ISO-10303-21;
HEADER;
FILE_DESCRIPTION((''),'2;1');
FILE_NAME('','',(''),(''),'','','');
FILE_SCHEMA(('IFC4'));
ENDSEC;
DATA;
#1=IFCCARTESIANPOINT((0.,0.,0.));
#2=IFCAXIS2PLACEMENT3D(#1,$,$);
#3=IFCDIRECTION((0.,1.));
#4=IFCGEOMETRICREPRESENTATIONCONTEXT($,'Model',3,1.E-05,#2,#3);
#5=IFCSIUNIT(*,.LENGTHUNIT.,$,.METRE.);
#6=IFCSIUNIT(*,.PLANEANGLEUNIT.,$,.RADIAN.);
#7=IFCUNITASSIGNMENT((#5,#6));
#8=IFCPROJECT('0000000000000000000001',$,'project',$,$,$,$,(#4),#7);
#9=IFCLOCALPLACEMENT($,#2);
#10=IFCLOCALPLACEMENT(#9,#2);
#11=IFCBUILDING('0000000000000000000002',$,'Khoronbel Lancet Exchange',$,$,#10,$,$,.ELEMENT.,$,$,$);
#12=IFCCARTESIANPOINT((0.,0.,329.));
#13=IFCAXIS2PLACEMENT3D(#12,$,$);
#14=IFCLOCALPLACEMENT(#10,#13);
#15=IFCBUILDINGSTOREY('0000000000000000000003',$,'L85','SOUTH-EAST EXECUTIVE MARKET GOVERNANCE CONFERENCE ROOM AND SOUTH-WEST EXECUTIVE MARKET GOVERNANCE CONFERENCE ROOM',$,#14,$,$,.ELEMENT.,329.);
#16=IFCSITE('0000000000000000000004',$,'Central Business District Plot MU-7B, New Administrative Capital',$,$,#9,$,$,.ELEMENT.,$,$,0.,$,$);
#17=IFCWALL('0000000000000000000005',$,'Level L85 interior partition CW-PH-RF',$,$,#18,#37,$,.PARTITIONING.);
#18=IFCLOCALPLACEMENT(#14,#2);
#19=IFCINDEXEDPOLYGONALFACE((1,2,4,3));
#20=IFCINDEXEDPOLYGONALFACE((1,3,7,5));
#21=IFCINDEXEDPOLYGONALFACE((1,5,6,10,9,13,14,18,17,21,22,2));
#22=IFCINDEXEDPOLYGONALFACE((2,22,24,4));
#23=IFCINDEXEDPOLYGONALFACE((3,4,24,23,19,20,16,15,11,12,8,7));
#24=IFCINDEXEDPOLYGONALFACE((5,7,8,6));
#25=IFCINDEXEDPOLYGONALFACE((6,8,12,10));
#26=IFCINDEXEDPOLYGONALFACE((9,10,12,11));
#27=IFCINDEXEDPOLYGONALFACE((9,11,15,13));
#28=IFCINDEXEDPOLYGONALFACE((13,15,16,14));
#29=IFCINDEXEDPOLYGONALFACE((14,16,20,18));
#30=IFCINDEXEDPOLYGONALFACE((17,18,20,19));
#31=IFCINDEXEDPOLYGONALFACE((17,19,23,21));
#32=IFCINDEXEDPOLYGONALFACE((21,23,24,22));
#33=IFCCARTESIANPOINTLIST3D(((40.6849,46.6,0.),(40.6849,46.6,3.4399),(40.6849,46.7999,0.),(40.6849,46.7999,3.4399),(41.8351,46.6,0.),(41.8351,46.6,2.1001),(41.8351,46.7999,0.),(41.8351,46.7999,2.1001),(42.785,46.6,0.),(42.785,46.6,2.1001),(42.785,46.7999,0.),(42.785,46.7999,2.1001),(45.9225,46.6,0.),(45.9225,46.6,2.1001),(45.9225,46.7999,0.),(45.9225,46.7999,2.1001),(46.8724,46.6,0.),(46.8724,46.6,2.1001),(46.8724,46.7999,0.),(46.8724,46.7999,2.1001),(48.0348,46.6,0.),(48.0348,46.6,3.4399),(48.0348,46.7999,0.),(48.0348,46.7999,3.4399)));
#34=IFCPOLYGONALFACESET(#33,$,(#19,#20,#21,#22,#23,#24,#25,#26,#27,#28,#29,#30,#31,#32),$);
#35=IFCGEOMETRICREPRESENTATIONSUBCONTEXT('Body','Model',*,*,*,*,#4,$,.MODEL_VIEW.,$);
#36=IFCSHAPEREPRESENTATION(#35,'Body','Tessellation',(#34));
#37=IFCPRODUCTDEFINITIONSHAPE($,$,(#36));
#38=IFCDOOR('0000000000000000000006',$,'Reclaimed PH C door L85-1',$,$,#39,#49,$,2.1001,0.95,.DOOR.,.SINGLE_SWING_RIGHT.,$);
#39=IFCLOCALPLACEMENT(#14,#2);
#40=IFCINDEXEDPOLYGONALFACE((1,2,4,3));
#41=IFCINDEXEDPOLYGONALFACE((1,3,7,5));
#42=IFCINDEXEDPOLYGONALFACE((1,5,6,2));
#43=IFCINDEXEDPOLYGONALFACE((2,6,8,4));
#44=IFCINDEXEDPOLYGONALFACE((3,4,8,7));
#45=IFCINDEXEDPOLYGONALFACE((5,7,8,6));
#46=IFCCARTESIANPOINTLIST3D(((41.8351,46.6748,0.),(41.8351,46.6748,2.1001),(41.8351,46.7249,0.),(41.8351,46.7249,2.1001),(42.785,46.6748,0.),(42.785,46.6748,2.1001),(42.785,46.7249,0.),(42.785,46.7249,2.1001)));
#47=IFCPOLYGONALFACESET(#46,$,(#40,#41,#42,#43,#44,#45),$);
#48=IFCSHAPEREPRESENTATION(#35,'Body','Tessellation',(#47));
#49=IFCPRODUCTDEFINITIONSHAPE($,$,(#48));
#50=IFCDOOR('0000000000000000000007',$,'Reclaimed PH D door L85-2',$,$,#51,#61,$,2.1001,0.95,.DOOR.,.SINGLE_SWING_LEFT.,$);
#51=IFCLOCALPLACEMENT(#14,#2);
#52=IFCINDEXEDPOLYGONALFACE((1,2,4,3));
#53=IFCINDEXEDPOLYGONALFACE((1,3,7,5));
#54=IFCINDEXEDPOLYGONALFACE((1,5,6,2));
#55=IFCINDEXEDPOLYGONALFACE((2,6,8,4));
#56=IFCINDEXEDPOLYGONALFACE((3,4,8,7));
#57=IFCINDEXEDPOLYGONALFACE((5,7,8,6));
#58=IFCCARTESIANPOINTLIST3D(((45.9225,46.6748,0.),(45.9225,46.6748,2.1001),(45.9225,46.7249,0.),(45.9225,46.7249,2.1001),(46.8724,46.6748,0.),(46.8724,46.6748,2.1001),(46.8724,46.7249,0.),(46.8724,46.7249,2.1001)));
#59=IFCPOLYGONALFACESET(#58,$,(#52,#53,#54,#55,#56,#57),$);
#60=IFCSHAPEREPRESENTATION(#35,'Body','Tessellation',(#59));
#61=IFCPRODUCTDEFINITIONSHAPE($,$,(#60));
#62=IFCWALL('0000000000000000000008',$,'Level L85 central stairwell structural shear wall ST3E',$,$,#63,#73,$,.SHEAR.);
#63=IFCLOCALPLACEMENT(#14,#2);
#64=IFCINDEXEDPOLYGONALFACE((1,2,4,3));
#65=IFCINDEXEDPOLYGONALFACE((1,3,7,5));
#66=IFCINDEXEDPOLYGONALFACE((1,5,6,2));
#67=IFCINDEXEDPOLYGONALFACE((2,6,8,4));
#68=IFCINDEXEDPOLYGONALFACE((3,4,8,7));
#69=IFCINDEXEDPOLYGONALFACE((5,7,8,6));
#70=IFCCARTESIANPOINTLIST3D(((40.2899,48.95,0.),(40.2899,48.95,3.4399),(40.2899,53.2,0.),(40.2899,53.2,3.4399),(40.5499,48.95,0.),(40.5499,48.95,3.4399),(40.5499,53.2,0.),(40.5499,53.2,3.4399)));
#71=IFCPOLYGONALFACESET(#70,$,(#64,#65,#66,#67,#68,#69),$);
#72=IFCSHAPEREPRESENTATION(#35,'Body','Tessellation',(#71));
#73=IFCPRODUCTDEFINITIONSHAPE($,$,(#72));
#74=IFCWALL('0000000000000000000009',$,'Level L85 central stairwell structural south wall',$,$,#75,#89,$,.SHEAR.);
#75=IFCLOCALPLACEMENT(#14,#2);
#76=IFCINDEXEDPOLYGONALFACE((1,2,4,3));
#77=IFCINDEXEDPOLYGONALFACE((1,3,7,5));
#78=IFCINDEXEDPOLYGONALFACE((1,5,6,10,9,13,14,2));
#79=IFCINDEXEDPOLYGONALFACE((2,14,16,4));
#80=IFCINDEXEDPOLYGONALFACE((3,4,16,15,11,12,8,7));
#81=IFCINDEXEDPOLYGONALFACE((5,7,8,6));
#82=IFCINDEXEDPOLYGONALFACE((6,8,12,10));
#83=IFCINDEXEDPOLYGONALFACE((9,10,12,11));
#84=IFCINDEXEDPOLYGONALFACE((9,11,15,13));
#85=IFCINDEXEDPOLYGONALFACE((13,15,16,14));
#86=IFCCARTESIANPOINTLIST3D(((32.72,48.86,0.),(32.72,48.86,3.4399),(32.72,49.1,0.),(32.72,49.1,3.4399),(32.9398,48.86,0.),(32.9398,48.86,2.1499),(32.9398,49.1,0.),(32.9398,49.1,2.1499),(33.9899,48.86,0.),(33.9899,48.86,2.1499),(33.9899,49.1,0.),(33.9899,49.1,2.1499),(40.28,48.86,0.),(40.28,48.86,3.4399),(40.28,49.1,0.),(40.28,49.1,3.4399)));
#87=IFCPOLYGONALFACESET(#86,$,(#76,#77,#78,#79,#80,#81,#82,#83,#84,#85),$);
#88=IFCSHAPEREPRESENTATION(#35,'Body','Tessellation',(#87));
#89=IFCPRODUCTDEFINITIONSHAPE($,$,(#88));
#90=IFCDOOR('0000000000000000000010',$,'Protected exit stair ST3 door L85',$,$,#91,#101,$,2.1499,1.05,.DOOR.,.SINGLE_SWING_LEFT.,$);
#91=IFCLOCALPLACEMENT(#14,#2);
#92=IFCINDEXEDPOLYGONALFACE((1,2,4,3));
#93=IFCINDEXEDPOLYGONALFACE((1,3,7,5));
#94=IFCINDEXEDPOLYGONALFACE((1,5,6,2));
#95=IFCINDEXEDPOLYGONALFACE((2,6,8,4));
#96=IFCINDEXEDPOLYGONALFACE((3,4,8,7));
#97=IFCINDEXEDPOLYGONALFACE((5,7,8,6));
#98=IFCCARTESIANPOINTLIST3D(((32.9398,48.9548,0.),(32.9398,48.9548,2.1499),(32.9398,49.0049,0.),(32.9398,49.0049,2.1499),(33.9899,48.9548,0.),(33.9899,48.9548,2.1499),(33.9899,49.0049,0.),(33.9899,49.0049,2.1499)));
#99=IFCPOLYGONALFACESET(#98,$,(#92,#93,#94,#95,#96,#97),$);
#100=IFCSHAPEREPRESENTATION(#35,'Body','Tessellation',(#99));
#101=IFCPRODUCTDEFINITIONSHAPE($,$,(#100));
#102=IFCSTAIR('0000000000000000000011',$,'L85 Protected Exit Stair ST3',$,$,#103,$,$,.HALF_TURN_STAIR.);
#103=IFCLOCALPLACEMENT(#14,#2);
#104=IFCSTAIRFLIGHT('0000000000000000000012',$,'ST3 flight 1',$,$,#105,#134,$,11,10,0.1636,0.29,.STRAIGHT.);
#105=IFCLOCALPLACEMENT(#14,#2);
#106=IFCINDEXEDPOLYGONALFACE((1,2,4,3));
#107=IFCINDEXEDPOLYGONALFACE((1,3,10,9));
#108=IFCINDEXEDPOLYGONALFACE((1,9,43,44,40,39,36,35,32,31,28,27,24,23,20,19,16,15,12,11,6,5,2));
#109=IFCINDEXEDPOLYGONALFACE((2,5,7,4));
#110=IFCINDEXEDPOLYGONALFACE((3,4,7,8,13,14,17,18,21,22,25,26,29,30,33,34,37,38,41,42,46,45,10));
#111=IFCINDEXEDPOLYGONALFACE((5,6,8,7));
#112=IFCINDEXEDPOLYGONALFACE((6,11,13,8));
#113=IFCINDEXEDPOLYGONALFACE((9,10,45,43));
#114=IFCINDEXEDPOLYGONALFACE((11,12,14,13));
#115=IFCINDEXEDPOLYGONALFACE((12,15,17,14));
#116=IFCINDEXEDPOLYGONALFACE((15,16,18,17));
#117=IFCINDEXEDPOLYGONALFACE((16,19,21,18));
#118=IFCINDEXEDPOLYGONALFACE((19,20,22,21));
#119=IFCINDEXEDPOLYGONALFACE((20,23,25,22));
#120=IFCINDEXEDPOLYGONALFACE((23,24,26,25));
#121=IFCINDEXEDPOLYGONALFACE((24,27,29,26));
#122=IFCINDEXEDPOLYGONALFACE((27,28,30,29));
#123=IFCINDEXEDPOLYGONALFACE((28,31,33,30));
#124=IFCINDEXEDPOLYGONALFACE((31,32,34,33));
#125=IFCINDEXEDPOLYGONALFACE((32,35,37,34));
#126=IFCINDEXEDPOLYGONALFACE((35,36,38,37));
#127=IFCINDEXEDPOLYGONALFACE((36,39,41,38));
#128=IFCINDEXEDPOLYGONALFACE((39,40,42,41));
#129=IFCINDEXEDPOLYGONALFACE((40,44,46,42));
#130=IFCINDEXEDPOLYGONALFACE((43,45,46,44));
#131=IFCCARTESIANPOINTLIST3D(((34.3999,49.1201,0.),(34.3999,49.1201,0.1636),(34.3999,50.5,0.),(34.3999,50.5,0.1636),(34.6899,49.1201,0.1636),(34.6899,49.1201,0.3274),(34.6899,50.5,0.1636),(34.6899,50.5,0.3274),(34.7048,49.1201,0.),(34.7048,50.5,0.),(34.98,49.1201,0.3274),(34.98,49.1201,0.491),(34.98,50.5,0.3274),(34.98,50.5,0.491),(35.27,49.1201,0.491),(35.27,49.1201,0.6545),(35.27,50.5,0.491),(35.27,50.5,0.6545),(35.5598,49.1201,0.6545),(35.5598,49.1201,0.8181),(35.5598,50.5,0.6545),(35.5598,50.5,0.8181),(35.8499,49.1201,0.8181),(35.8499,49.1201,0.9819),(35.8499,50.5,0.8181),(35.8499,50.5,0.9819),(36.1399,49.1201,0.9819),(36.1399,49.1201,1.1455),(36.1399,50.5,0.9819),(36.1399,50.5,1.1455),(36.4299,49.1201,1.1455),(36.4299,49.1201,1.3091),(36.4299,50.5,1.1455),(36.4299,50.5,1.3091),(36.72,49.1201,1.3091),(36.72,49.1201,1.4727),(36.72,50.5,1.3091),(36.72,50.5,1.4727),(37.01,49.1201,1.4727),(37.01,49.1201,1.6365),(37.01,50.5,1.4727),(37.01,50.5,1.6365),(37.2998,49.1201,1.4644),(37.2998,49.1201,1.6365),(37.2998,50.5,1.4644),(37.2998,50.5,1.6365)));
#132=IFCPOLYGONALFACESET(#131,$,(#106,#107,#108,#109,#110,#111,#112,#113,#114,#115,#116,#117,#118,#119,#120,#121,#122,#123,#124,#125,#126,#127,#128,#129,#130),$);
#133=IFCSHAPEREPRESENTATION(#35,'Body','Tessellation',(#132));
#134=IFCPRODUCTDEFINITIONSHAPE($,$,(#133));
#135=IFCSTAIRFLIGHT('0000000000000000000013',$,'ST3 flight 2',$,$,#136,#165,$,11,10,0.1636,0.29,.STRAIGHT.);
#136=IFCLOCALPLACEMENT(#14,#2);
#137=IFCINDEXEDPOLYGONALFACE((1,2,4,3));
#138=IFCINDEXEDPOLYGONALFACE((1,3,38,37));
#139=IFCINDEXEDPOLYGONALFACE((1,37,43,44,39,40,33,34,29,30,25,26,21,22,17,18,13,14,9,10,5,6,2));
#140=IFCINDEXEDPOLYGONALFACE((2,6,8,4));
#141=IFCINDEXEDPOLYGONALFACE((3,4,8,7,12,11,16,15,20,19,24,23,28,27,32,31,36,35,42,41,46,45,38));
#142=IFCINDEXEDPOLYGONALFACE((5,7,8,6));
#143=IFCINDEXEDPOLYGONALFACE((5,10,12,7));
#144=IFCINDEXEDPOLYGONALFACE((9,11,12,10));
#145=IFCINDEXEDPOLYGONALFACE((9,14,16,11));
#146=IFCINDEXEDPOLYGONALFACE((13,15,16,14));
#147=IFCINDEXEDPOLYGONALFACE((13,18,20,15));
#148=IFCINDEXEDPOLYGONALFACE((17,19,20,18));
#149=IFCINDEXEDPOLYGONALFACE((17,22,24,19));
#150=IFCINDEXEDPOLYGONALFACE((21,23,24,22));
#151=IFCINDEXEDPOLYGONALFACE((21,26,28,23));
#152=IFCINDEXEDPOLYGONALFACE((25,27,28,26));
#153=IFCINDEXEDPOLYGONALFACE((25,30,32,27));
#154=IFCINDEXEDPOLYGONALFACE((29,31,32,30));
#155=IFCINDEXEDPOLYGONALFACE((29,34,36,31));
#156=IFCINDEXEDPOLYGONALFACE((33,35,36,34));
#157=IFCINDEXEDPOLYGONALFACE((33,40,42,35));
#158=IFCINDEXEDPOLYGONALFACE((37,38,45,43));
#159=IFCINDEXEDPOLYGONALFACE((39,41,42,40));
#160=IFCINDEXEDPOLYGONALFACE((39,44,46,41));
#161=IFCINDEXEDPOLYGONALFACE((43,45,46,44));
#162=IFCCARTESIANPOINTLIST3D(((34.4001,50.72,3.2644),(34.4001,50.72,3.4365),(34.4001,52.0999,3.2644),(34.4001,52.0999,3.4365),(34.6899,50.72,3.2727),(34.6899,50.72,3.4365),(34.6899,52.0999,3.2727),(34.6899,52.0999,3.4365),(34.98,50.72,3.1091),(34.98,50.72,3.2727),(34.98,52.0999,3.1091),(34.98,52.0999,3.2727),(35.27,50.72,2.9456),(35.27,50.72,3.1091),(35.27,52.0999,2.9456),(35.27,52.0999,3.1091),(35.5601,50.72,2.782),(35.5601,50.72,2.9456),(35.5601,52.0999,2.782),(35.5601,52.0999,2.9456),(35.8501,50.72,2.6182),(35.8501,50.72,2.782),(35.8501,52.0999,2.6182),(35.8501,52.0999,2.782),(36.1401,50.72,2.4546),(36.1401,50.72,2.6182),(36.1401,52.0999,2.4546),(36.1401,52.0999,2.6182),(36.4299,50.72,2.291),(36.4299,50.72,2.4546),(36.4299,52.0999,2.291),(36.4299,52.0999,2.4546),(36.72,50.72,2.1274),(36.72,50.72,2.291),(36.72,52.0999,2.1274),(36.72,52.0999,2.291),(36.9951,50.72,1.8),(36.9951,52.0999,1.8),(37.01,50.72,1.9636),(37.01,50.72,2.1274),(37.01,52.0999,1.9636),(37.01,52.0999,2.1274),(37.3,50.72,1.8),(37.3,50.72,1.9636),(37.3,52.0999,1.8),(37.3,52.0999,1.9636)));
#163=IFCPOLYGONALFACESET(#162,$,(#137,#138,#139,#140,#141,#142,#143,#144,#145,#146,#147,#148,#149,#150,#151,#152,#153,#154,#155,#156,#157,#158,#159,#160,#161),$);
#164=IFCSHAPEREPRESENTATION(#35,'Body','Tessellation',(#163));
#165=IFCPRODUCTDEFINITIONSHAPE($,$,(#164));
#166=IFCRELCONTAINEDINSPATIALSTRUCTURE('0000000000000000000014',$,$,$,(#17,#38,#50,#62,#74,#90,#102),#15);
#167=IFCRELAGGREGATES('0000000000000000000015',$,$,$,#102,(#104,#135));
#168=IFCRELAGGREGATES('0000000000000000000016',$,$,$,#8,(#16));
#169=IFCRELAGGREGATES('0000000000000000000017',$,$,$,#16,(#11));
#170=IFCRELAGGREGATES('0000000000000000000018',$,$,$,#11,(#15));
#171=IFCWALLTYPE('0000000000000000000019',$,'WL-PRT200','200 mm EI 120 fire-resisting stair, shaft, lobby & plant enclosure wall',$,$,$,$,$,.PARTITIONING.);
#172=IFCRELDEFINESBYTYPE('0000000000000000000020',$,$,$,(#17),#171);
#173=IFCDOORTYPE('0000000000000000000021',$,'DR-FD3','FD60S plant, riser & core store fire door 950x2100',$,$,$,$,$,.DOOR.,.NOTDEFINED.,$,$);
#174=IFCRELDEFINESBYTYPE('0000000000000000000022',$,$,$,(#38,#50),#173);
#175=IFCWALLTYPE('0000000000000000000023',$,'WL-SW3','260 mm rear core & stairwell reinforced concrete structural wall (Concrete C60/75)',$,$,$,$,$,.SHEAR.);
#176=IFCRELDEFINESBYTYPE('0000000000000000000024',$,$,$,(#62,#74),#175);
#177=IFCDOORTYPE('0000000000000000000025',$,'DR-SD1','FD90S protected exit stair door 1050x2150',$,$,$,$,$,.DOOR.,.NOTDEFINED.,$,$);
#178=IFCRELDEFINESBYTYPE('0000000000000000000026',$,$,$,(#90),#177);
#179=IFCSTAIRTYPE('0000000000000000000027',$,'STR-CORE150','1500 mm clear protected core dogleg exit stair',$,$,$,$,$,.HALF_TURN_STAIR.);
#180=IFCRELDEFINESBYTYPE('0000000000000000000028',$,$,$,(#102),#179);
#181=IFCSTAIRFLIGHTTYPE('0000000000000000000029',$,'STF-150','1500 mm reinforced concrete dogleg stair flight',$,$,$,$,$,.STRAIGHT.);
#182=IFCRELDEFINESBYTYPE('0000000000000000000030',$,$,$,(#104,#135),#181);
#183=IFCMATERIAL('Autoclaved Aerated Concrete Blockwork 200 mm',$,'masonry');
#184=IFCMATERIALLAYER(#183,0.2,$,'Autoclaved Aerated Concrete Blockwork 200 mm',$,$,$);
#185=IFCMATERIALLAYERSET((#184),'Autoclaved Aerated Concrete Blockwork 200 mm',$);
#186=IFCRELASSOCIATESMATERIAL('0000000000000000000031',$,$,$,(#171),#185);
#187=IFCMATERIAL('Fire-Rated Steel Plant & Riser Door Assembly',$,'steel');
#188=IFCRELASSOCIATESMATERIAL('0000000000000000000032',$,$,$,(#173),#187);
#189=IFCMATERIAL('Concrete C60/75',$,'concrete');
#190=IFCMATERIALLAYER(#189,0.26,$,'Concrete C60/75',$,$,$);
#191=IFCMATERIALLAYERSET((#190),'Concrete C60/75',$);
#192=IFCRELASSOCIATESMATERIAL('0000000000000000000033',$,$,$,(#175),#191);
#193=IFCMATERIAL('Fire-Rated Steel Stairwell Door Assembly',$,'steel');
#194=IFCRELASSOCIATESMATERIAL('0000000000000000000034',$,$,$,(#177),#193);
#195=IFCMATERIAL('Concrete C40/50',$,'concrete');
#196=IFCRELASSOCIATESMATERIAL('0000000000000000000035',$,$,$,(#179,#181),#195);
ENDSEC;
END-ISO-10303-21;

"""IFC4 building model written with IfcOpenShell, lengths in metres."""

from ifc_helpers import new_model, si_unit, direction, frame, frame_2d, origin, place, context, subcontext, project, spatial, polyline, rectangle, outline, extrude, material, layer, layer_set, type_object, element, fill, aggregate, save


model = new_model("IFC4")

# Units and contexts
model_context = context("Model", 3, precision=1e-05, world=origin(), true_north=direction((0.0, 1.0)))
body_context = subcontext(model_context, "Body", "Model", "MODEL_VIEW")
ifc_project = project(units=[si_unit("LENGTHUNIT", "METRE"), si_unit("PLANEANGLEUNIT", "RADIAN")], contexts=[model_context])

# Site, building, storey
site_placement = place(None, origin())
site = spatial("IfcSite", under=ifc_project, at=site_placement, Name="Central Business District Plot MU-7B, New Administrative Capital", CompositionType="ELEMENT", RefElevation=0.0)
building_placement = place(site_placement, origin())
building = spatial("IfcBuilding", under=site, at=building_placement, Name="Khoronbel Lancet Exchange", CompositionType="ELEMENT")
storey_placement = place(building_placement, frame((0.0, 0.0, 329.0)))
storey = spatial("IfcBuildingStorey", under=building, at=storey_placement, Name="L85", Description="SOUTH-EAST EXECUTIVE MARKET GOVERNANCE CONFERENCE ROOM AND SOUTH-WEST EXECUTIVE MARKET GOVERNANCE CONFERENCE ROOM", CompositionType="ELEMENT", Elevation=329.0)

# Shared definitions
ifc_material_1 = material(Name="Concrete C60/75", Category="concrete")

# Shared definitions
ifc_material_2 = material(Name="Autoclaved Aerated Concrete Blockwork 200 mm", Category="masonry")
ifc_layer_1 = layer(ifc_material_2, 0.2, Name="Autoclaved Aerated Concrete Blockwork 200 mm")
ifc_layer_set_1 = layer_set([ifc_layer_1], Name="Autoclaved Aerated Concrete Blockwork 200 mm")
wall_type_1 = type_object("IfcWallType", Name="WL-PRT200", Description="200 mm EI 120 fire-resisting stair, shaft, lobby & plant enclosure wall", PredefinedType="PARTITIONING", material=ifc_layer_set_1)

# Wall, openings, doors
wall_1_placement = place(storey_placement, frame((40.6851, 46.7, 0.0), z_axis=(0.0, 0.0, 1.0), x_axis=(1.0, 0.0, 0.0)))
wall_1 = element("IfcWall", 1, at=wall_1_placement, inside=storey, type_object=wall_type_1, Name="Level L85 interior partition CW-PH-RF", PredefinedType="PARTITIONING", context=body_context, shape_type="SweptSolid", body=[
    extrude(rectangle(XDim=7.3499, YDim=0.2, at=frame_2d((3.6748, 0.0))), origin(), (0.0, 0.0, 1.0), 3.4399),
])
opening_1_placement = place(wall_1_placement, frame((1.1499, 0.0, 0.0)))
opening_1 = element("IfcOpeningElement", 2, at=opening_1_placement, cuts=wall_1, PredefinedType="OPENING", context=body_context, shape_type="SweptSolid", body=[
    extrude(rectangle(XDim=0.95, YDim=2.1001, at=frame_2d((0.4751, 1.05))), frame((0.0, 0.1099, 0.0), z_axis=(0.0, -1.0, 0.0), x_axis=(1.0, 0.0, 0.0)), (0.0, 0.0, 1.0), 0.22),
])
opening_2_placement = place(wall_1_placement, frame((5.2373, 0.0, 0.0)))
opening_2 = element("IfcOpeningElement", 3, at=opening_2_placement, cuts=wall_1, PredefinedType="OPENING", context=body_context, shape_type="SweptSolid", body=[
    extrude(rectangle(XDim=0.95, YDim=2.1001, at=frame_2d((0.4751, 1.05))), frame((0.0, 0.1099, 0.0), z_axis=(0.0, -1.0, 0.0), x_axis=(1.0, 0.0, 0.0)), (0.0, 0.0, 1.0), 0.22),
])
ifc_material_3 = material(Name="Fire-Rated Steel Plant & Riser Door Assembly", Category="steel")
door_type_1 = type_object("IfcDoorType", Name="DR-FD3", Description="FD60S plant, riser & core store fire door 950x2100", OperationType="NOTDEFINED", PredefinedType="DOOR", material=ifc_material_3)
door_1_placement = place(opening_1_placement, origin())
door_1 = element("IfcDoor", 4, at=door_1_placement, inside=storey, type_object=door_type_1, Name="Reclaimed PH C door L85-1", OperationType="SINGLE_SWING_RIGHT", OverallHeight=2.1001, OverallWidth=0.95, PredefinedType="DOOR", context=body_context, shape_type="SweptSolid", body=[
    extrude(rectangle(XDim=0.95, YDim=2.1001, at=frame_2d((0.4751, 1.05))), frame((0.0, 0.0249, 0.0), z_axis=(0.0, -1.0, 0.0), x_axis=(1.0, 0.0, 0.0)), (0.0, 0.0, 1.0), 0.05),
])
fill(opening_1, door_1)
door_2_placement = place(opening_2_placement, origin())
door_2 = element("IfcDoor", 5, at=door_2_placement, inside=storey, type_object=door_type_1, Name="Reclaimed PH D door L85-2", OperationType="SINGLE_SWING_LEFT", OverallHeight=2.1001, OverallWidth=0.95, PredefinedType="DOOR", context=body_context, shape_type="SweptSolid", body=[
    extrude(rectangle(XDim=0.95, YDim=2.1001, at=frame_2d((0.4751, 1.05))), frame((0.0, 0.0249, 0.0), z_axis=(0.0, -1.0, 0.0), x_axis=(1.0, 0.0, 0.0)), (0.0, 0.0, 1.0), 0.05),
])
fill(opening_2, door_2)

# Wall
ifc_layer_2 = layer(ifc_material_1, 0.26, Name="Concrete C60/75")
ifc_layer_set_2 = layer_set([ifc_layer_2], Name="Concrete C60/75")
wall_type_2 = type_object("IfcWallType", Name="WL-SW3", Description="260 mm rear core & stairwell reinforced concrete structural wall (Concrete C60/75)", PredefinedType="SHEAR", material=ifc_layer_set_2)
wall_2_placement = place(storey_placement, frame((40.4199, 48.95, 0.0), z_axis=(0.0, 0.0, 1.0), x_axis=(0.0, 1.0, 0.0)))
element("IfcWall", 6, at=wall_2_placement, inside=storey, type_object=wall_type_2, Name="Level L85 central stairwell structural shear wall ST3E", PredefinedType="SHEAR", context=body_context, shape_type="SweptSolid", body=[
    extrude(rectangle(XDim=4.25, YDim=0.26, at=frame_2d((2.125, 0.0))), origin(), (0.0, 0.0, 1.0), 3.4399),
])

# Wall, opening, door
wall_3_placement = place(storey_placement, frame((32.72, 48.98, 0.0), z_axis=(0.0, 0.0, 1.0), x_axis=(1.0, 0.0, 0.0)))
wall_3 = element("IfcWall", 7, at=wall_3_placement, inside=storey, type_object=wall_type_2, Name="Level L85 central stairwell structural south wall", PredefinedType="SHEAR", context=body_context, shape_type="SweptSolid", body=[
    extrude(rectangle(XDim=7.5601, YDim=0.24, at=frame_2d((3.78, 0.0))), origin(), (0.0, 0.0, 1.0), 3.4399),
])
opening_3_placement = place(wall_3_placement, frame((0.22, 0.0, 0.0)))
opening_3 = element("IfcOpeningElement", 8, at=opening_3_placement, cuts=wall_3, PredefinedType="OPENING", context=body_context, shape_type="SweptSolid", body=[
    extrude(rectangle(XDim=1.05, YDim=2.1499, at=frame_2d((0.5249, 1.075))), frame((0.0, 0.1299, 0.0), z_axis=(0.0, -1.0, 0.0), x_axis=(1.0, 0.0, 0.0)), (0.0, 0.0, 1.0), 0.26),
])
ifc_material_4 = material(Name="Fire-Rated Steel Stairwell Door Assembly", Category="steel")
door_type_2 = type_object("IfcDoorType", Name="DR-SD1", Description="FD90S protected exit stair door 1050x2150", OperationType="NOTDEFINED", PredefinedType="DOOR", material=ifc_material_4)
door_3_placement = place(opening_3_placement, origin())
door_3 = element("IfcDoor", 9, at=door_3_placement, inside=storey, type_object=door_type_2, Name="Protected exit stair ST3 door L85", OperationType="SINGLE_SWING_LEFT", OverallHeight=2.1499, OverallWidth=1.05, PredefinedType="DOOR", context=body_context, shape_type="SweptSolid", body=[
    extrude(rectangle(XDim=1.05, YDim=2.1499, at=frame_2d((0.5249, 1.075))), frame((0.0, 0.0249, 0.0), z_axis=(0.0, -1.0, 0.0), x_axis=(1.0, 0.0, 0.0)), (0.0, 0.0, 1.0), 0.05),
])
fill(opening_3, door_3)

# Stair, stair flights
ifc_material_5 = material(Name="Concrete C40/50", Category="concrete")
stair_type = type_object("IfcStairType", Name="STR-CORE150", Description="1500 mm clear protected core dogleg exit stair", PredefinedType="HALF_TURN_STAIR", material=ifc_material_5)
stair_placement = place(storey_placement, origin())
stair = element("IfcStair", 10, at=stair_placement, inside=storey, type_object=stair_type, Name="L85 Protected Exit Stair ST3", PredefinedType="HALF_TURN_STAIR")
stair_flight_type = type_object("IfcStairFlightType", Name="STF-150", Description="1500 mm reinforced concrete dogleg stair flight", PredefinedType="STRAIGHT", material=ifc_material_5)
stair_flight_1_placement = place(storey_placement, frame((34.3999, 49.8101, 0.0), z_axis=(0.0, 0.0, 1.0), x_axis=(1.0, 0.0, 0.0)))
stair_flight_1 = element("IfcStairFlight", 11, at=stair_flight_1_placement, type_object=stair_flight_type, Name="ST3 flight 1", NumberOfRisers=11, NumberOfTreads=10, PredefinedType="STRAIGHT", RiserHeight=0.1636, TreadLength=0.29, context=body_context, shape_type="SweptSolid", body=[
    extrude(outline(polyline([(0.0, 0.0), (0.0, 0.1636), (0.29, 0.1636), (0.29, 0.3274), (0.5801, 0.3274), (0.5801, 0.491), (0.8701, 0.491), (0.8701, 0.6545), (1.1599, 0.6545), (1.1599, 0.8181), (1.45, 0.8181), (1.45, 0.9819), (1.74, 0.9819), (1.74, 1.1455), (2.03, 1.1455), (2.03, 1.3091), (2.3201, 1.3091), (2.3201, 1.4727), (2.6101, 1.4727), (2.6101, 1.6365), (2.8999, 1.6365), (2.8999, 1.8), (2.8999, 1.4644), (0.3049, 0.0), (0.0, 0.0)])), frame((0.0, 0.6899, 0.0), z_axis=(0.0, -1.0, 0.0), x_axis=(1.0, 0.0, 0.0)), (0.0, 0.0, 1.0), 1.3799),
])
stair_flight_2_placement = place(storey_placement, frame((37.3, 51.4099, 1.8), z_axis=(0.0, 0.0, 1.0), x_axis=(-1.0, 0.0, 0.0)))
stair_flight_2 = element("IfcStairFlight", 12, at=stair_flight_2_placement, type_object=stair_flight_type, Name="ST3 flight 2", NumberOfRisers=11, NumberOfTreads=10, PredefinedType="STRAIGHT", RiserHeight=0.1636, TreadLength=0.29, context=body_context, shape_type="SweptSolid", body=[
    extrude(outline(polyline([(0.0, 0.0), (0.0, 0.1636), (0.29, 0.1636), (0.29, 0.3274), (0.5801, 0.3274), (0.5801, 0.491), (0.8701, 0.491), (0.8701, 0.6545), (1.1599, 0.6545), (1.1599, 0.8181), (1.45, 0.8181), (1.45, 0.9819), (1.74, 0.9819), (1.74, 1.1455), (2.03, 1.1455), (2.03, 1.3091), (2.3201, 1.3091), (2.3201, 1.4727), (2.6101, 1.4727), (2.6101, 1.6365), (2.8999, 1.6365), (2.8999, 1.8), (2.8999, 1.4644), (0.3049, 0.0), (0.0, 0.0)])), frame((0.0, 0.6899, 0.0), z_axis=(0.0, -1.0, 0.0), x_axis=(1.0, 0.0, 0.0)), (0.0, 0.0, 1.0), 1.3799),
])
aggregate(stair, [stair_flight_1, stair_flight_2])

save(model, "model.ifc")
